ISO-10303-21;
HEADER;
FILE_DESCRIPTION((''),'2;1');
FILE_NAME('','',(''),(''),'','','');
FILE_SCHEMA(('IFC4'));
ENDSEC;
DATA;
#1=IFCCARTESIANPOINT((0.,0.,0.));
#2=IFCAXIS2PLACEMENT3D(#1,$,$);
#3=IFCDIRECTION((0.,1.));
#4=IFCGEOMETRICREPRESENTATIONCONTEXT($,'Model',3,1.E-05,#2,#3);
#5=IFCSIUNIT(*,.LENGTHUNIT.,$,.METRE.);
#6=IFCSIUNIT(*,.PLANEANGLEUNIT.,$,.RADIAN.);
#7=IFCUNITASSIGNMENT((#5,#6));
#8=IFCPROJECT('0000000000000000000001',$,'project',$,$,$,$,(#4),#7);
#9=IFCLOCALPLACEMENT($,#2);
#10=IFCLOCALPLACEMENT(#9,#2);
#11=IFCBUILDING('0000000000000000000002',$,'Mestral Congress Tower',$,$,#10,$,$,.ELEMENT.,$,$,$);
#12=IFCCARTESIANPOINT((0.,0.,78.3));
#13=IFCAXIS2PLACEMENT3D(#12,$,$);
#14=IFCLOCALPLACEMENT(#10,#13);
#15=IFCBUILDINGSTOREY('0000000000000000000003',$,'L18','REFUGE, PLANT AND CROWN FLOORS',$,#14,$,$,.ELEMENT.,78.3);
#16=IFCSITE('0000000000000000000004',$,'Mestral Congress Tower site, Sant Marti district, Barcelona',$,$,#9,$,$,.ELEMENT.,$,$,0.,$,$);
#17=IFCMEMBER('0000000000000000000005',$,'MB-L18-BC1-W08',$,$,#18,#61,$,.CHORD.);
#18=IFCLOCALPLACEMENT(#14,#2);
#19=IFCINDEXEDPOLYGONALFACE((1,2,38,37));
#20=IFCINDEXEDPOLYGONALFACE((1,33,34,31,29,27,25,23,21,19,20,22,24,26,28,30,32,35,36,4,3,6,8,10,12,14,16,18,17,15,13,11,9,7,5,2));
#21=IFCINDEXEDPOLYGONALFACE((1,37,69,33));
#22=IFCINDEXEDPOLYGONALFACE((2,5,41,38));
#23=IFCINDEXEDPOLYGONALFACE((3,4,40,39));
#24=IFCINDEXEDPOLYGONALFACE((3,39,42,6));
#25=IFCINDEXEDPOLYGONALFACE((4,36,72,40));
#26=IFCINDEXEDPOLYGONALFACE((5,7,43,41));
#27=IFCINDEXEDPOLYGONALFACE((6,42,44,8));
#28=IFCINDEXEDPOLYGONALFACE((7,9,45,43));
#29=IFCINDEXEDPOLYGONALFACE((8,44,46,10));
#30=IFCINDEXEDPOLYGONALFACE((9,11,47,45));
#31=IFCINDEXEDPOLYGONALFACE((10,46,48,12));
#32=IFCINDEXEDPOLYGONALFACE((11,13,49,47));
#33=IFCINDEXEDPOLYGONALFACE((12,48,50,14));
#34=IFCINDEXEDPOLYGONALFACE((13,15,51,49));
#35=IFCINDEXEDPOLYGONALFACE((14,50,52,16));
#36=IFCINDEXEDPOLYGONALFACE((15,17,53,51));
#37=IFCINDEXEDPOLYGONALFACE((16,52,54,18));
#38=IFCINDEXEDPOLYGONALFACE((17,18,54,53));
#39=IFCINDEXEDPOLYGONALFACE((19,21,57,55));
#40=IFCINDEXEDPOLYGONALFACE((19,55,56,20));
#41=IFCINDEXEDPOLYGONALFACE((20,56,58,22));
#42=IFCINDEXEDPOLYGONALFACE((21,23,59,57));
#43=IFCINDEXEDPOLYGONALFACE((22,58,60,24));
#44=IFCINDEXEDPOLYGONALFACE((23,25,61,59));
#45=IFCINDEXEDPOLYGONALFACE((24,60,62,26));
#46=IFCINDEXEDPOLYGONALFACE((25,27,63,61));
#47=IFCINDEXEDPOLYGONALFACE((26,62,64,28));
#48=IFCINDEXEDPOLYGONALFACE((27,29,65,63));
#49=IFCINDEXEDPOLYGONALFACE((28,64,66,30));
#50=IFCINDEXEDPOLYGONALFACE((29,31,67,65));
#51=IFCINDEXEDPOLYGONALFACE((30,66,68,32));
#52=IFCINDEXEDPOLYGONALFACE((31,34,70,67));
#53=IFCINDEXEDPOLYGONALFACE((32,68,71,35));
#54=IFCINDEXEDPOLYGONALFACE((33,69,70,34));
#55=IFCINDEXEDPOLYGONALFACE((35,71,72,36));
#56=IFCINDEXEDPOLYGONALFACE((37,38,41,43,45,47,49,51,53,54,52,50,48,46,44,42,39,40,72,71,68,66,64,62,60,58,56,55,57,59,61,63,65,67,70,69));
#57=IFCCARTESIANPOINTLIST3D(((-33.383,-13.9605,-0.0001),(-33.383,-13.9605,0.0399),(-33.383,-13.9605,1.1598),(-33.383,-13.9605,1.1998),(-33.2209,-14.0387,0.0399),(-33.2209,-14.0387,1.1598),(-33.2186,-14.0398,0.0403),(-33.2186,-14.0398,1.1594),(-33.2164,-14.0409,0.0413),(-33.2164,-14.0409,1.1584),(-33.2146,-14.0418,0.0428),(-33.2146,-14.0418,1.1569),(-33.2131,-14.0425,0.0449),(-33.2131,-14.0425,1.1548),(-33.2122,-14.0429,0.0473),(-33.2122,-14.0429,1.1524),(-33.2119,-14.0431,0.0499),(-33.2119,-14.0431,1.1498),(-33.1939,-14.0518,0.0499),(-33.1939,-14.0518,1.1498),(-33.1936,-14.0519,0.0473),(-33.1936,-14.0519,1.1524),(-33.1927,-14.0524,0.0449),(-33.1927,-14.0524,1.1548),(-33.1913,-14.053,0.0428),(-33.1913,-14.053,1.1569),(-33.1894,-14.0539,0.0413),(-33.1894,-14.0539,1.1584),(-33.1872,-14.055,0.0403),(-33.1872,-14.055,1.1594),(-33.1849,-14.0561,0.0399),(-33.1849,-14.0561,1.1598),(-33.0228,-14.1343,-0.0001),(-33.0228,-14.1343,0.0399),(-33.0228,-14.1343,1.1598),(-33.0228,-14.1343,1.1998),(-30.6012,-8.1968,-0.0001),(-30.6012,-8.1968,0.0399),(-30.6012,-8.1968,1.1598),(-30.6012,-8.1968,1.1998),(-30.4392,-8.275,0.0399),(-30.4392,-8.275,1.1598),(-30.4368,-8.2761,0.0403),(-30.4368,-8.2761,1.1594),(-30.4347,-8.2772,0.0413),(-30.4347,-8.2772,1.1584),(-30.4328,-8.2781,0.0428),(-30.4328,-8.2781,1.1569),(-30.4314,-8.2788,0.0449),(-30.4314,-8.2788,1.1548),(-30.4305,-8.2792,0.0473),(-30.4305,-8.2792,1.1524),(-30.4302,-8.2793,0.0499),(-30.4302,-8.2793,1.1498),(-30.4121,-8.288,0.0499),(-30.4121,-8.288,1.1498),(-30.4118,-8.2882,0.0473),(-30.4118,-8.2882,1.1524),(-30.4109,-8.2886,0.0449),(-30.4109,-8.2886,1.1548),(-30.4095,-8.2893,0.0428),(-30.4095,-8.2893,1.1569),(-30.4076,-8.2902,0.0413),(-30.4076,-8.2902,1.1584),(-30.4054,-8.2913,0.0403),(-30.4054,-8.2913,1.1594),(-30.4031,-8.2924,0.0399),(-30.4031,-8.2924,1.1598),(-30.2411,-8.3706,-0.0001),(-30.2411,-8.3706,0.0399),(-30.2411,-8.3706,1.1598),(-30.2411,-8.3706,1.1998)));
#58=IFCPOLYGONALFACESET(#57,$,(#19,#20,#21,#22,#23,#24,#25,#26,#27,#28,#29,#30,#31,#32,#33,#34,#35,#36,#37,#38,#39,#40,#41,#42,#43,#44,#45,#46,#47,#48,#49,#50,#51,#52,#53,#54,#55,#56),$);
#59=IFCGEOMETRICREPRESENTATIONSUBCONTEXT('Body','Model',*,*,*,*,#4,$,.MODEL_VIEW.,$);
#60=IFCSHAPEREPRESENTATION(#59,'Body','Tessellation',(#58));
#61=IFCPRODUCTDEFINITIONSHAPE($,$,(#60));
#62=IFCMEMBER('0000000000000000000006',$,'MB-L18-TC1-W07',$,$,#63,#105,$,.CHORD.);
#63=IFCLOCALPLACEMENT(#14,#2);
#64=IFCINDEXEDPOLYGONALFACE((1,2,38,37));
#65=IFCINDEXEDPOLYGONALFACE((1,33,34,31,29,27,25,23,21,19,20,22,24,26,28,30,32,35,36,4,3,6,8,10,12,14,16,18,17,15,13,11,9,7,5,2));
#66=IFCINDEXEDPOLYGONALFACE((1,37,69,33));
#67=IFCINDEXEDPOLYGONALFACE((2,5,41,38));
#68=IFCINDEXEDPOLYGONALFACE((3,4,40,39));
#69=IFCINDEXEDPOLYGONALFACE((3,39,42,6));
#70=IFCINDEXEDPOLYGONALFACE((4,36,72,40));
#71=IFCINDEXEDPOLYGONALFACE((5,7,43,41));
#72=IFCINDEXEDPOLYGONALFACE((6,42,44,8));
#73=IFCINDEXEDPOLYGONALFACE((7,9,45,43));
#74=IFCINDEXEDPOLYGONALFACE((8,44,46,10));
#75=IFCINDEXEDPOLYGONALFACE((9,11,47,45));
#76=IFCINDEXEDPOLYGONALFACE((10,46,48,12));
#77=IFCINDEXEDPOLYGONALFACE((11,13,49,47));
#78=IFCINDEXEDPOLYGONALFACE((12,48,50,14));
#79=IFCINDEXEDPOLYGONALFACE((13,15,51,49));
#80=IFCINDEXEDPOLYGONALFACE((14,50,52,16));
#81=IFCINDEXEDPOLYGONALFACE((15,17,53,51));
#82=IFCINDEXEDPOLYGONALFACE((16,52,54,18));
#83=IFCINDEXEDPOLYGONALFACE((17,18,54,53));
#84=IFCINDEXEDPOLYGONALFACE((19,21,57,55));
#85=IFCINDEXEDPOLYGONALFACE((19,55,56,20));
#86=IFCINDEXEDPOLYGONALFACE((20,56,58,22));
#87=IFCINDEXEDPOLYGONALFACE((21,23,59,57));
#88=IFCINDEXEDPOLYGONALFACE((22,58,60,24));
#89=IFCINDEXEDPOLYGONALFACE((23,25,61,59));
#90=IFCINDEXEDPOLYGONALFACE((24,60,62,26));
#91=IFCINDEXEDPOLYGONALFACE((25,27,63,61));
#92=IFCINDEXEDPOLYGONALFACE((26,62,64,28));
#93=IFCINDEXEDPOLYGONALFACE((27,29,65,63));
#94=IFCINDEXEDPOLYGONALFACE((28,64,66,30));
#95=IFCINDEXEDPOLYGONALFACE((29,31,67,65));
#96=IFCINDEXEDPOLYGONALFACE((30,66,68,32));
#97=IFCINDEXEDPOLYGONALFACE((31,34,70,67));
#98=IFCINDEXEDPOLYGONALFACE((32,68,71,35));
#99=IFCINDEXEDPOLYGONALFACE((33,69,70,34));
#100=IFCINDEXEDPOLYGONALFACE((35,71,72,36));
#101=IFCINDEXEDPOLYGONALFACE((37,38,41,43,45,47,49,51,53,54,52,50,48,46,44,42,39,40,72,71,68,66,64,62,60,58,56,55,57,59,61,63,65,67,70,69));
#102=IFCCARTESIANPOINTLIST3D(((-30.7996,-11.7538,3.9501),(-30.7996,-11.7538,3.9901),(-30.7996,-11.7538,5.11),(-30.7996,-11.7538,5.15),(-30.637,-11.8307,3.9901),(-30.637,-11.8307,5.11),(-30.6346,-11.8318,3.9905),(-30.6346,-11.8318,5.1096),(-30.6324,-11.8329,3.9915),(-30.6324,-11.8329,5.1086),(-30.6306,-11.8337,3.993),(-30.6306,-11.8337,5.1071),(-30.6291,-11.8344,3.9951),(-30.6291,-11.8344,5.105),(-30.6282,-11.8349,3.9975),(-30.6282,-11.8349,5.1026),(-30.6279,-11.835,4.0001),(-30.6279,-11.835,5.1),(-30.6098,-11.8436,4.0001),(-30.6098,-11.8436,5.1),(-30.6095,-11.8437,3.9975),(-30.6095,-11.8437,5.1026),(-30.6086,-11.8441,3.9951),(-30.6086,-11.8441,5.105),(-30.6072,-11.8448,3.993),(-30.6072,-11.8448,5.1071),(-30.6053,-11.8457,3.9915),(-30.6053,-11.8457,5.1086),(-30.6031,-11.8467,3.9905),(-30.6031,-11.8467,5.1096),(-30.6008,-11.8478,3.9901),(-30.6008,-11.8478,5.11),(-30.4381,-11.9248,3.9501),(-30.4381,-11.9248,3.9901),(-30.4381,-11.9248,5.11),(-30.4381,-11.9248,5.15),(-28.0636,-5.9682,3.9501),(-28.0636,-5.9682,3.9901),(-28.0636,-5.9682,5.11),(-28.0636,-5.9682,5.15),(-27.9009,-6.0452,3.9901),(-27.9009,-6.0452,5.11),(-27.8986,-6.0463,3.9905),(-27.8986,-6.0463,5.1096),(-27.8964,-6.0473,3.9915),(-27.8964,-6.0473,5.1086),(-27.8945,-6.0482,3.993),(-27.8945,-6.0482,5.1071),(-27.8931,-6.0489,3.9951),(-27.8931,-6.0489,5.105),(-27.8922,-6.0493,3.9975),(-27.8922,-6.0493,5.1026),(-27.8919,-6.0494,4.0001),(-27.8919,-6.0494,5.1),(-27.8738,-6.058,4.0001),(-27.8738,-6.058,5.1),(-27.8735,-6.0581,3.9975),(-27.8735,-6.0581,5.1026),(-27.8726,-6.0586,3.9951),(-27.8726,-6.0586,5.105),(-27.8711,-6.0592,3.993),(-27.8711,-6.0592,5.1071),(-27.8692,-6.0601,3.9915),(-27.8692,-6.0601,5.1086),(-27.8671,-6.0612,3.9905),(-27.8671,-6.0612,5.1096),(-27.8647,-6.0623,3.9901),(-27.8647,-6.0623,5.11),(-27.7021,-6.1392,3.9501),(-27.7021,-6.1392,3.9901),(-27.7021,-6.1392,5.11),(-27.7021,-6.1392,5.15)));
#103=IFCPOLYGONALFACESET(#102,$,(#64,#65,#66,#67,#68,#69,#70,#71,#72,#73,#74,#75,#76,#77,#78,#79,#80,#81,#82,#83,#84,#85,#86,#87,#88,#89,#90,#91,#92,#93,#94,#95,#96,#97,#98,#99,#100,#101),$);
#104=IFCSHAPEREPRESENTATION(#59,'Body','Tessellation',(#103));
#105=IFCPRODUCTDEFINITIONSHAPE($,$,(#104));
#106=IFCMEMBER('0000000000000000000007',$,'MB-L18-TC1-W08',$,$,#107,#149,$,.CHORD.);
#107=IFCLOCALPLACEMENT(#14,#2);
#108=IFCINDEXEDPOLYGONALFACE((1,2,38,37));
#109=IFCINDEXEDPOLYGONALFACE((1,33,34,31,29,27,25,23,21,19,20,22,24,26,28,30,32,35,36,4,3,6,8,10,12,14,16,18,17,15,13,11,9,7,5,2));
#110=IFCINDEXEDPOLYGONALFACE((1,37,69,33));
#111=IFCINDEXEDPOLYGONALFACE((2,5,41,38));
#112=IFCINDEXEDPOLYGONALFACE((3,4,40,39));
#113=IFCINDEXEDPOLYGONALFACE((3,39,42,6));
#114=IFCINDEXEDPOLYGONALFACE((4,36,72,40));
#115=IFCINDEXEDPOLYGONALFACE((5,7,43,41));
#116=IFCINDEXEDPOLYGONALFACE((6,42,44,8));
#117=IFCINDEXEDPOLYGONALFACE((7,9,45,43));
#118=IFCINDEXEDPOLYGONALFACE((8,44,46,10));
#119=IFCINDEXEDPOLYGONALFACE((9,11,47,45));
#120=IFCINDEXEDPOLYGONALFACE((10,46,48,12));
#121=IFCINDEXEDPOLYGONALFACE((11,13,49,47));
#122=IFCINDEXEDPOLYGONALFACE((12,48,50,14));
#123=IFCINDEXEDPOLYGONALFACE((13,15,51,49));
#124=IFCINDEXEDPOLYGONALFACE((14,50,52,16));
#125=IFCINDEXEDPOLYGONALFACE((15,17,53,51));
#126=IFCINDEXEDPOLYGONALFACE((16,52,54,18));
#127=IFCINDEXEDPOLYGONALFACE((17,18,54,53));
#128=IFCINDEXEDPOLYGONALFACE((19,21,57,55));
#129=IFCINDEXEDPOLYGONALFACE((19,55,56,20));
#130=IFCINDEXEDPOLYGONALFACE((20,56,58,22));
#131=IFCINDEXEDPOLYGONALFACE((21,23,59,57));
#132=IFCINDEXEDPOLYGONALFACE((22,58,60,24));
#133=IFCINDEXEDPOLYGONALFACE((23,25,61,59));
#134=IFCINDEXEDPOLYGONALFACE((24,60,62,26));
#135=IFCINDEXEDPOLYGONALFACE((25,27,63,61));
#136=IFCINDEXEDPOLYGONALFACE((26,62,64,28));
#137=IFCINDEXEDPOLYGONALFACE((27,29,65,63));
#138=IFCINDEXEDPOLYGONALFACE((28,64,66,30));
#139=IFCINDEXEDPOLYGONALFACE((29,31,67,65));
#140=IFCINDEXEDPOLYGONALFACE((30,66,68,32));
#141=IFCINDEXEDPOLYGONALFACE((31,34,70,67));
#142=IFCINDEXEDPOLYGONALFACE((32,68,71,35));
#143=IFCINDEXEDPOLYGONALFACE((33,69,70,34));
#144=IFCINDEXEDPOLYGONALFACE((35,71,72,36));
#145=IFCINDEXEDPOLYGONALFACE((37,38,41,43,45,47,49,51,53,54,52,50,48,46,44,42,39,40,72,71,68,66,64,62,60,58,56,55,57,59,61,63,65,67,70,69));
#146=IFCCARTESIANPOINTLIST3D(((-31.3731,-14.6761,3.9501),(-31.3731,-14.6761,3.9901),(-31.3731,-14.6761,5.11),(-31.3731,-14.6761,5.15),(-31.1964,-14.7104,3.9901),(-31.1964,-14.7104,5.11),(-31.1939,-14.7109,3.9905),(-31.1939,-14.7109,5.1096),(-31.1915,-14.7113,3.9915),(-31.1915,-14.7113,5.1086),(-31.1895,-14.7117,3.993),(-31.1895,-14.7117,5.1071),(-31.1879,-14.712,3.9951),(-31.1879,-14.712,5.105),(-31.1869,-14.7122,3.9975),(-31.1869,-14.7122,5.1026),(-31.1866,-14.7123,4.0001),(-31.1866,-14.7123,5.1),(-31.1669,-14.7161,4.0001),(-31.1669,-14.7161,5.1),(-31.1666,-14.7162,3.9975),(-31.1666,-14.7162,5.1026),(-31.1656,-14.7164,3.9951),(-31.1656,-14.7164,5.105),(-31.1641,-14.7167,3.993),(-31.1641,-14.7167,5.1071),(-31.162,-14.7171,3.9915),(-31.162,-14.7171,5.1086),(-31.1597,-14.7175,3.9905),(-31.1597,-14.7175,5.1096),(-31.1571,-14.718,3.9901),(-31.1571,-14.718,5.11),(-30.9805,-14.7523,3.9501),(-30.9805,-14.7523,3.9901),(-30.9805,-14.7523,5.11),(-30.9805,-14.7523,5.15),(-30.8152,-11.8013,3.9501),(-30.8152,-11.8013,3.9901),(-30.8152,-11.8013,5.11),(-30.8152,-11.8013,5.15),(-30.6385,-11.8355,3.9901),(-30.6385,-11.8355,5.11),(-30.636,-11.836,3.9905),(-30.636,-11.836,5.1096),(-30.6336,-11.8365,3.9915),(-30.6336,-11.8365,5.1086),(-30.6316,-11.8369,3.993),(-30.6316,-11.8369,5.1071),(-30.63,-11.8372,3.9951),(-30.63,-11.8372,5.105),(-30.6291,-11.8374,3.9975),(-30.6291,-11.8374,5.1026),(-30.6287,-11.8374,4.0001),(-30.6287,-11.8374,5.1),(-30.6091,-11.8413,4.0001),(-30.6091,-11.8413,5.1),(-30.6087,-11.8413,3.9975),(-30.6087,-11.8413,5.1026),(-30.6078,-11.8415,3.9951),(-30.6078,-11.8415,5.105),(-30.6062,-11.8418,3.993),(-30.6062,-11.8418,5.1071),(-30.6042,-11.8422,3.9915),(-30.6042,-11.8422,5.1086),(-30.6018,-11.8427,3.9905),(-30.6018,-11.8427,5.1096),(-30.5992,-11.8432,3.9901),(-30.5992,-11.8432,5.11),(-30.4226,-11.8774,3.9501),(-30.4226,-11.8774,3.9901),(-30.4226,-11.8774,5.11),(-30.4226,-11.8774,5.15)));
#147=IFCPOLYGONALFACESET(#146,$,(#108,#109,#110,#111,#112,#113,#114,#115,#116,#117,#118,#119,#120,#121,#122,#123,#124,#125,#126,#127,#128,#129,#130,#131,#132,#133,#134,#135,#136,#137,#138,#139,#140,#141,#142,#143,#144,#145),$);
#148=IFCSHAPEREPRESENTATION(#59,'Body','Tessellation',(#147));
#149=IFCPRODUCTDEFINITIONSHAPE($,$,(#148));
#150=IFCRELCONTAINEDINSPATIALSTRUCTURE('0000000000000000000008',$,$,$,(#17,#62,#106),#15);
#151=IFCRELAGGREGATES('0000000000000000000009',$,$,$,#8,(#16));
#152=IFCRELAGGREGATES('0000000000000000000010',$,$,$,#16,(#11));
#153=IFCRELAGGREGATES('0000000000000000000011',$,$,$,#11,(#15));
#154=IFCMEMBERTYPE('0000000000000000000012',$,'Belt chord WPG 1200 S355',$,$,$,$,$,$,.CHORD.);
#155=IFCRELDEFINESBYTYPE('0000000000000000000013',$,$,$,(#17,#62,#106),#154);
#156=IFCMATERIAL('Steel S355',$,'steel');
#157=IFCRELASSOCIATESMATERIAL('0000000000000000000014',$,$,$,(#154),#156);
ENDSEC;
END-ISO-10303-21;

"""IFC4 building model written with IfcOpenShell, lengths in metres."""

from ifc_helpers import new_model, si_unit, direction, frame, origin, origin_2d, place, context, subcontext, project, spatial, i_section, extrude, material, material_profile, profile_set, type_object, element, save


model = new_model("IFC4")

# Units and contexts
model_context = context("Model", 3, precision=1e-05, world=origin(), true_north=direction((0.0, 1.0)))
body_context = subcontext(model_context, "Body", "Model", "MODEL_VIEW")
ifc_project = project(units=[si_unit("LENGTHUNIT", "METRE"), si_unit("PLANEANGLEUNIT", "RADIAN")], contexts=[model_context])

# Site, building, storey
site_placement = place(None, origin())
site = spatial("IfcSite", under=ifc_project, at=site_placement, Name="Mestral Congress Tower site, Sant Marti district, Barcelona", CompositionType="ELEMENT", RefElevation=0.0)
building_placement = place(site_placement, origin())
building = spatial("IfcBuilding", under=site, at=building_placement, Name="Mestral Congress Tower", CompositionType="ELEMENT")
storey_placement = place(building_placement, frame((0.0, 0.0, 78.3)))
storey = spatial("IfcBuildingStorey", under=building, at=storey_placement, Name="L18", Description="REFUGE, PLANT AND CROWN FLOORS", CompositionType="ELEMENT", Elevation=78.3)

# Members
ifc_material_1 = material(Name="Steel S355", Category="steel")
ifc_material_profile_1 = material_profile(ifc_material_1, i_section(OverallWidth=0.3999, OverallDepth=1.2, WebThickness=0.02, FlangeThickness=0.04, FilletRadius=0.01, at=origin_2d()), Name="WPG 1200")
ifc_profile_set_1 = profile_set([ifc_material_profile_1], Name="Steel S355")
member_type_1 = type_object("IfcMemberType", Name="Belt chord WPG 1200 S355", PredefinedType="CHORD", material=ifc_profile_set_1)
for number, where, z_axis, x_axis, name in (
    (1, (-30.4211, -8.2837, 0.5999), (-0.434657, -0.900596, 0.0), (0.900596, -0.434657, 0.0), "MB-L18-BC1-W08"),
    (2, (-27.8828, -6.0537, 4.55), (-0.427514, -0.904009, 0.0), (0.904009, -0.427514, 0.0), "MB-L18-TC1-W07"),
):
    element("IfcMember", number, at=place(storey_placement, frame(where, z_axis=z_axis, x_axis=x_axis)), inside=storey, type_object=member_type_1, Name=name, PredefinedType="CHORD", context=body_context, shape_type="SweptSolid", body=[
        extrude(i_section(OverallWidth=0.3999, OverallDepth=1.2, WebThickness=0.02, FlangeThickness=0.04, FilletRadius=0.01, at=origin_2d()), origin(), (0.0, 0.0, 1.0), 6.3999),
    ])
member_1_placement = place(storey_placement, frame((-30.6189, -11.8394, 4.55), z_axis=(-0.190501, -0.981687, 0.0), x_axis=(0.981687, -0.190501, 0.0)))
element("IfcMember", 3, at=member_1_placement, inside=storey, type_object=member_type_1, Name="MB-L18-TC1-W08", PredefinedType="CHORD", context=body_context, shape_type="SweptSolid", body=[
    extrude(i_section(OverallWidth=0.3999, OverallDepth=1.2, WebThickness=0.02, FlangeThickness=0.04, FilletRadius=0.01, at=origin_2d()), origin(), (0.0, 0.0, 1.0), 2.9285),
])

save(model, "model.ifc")
